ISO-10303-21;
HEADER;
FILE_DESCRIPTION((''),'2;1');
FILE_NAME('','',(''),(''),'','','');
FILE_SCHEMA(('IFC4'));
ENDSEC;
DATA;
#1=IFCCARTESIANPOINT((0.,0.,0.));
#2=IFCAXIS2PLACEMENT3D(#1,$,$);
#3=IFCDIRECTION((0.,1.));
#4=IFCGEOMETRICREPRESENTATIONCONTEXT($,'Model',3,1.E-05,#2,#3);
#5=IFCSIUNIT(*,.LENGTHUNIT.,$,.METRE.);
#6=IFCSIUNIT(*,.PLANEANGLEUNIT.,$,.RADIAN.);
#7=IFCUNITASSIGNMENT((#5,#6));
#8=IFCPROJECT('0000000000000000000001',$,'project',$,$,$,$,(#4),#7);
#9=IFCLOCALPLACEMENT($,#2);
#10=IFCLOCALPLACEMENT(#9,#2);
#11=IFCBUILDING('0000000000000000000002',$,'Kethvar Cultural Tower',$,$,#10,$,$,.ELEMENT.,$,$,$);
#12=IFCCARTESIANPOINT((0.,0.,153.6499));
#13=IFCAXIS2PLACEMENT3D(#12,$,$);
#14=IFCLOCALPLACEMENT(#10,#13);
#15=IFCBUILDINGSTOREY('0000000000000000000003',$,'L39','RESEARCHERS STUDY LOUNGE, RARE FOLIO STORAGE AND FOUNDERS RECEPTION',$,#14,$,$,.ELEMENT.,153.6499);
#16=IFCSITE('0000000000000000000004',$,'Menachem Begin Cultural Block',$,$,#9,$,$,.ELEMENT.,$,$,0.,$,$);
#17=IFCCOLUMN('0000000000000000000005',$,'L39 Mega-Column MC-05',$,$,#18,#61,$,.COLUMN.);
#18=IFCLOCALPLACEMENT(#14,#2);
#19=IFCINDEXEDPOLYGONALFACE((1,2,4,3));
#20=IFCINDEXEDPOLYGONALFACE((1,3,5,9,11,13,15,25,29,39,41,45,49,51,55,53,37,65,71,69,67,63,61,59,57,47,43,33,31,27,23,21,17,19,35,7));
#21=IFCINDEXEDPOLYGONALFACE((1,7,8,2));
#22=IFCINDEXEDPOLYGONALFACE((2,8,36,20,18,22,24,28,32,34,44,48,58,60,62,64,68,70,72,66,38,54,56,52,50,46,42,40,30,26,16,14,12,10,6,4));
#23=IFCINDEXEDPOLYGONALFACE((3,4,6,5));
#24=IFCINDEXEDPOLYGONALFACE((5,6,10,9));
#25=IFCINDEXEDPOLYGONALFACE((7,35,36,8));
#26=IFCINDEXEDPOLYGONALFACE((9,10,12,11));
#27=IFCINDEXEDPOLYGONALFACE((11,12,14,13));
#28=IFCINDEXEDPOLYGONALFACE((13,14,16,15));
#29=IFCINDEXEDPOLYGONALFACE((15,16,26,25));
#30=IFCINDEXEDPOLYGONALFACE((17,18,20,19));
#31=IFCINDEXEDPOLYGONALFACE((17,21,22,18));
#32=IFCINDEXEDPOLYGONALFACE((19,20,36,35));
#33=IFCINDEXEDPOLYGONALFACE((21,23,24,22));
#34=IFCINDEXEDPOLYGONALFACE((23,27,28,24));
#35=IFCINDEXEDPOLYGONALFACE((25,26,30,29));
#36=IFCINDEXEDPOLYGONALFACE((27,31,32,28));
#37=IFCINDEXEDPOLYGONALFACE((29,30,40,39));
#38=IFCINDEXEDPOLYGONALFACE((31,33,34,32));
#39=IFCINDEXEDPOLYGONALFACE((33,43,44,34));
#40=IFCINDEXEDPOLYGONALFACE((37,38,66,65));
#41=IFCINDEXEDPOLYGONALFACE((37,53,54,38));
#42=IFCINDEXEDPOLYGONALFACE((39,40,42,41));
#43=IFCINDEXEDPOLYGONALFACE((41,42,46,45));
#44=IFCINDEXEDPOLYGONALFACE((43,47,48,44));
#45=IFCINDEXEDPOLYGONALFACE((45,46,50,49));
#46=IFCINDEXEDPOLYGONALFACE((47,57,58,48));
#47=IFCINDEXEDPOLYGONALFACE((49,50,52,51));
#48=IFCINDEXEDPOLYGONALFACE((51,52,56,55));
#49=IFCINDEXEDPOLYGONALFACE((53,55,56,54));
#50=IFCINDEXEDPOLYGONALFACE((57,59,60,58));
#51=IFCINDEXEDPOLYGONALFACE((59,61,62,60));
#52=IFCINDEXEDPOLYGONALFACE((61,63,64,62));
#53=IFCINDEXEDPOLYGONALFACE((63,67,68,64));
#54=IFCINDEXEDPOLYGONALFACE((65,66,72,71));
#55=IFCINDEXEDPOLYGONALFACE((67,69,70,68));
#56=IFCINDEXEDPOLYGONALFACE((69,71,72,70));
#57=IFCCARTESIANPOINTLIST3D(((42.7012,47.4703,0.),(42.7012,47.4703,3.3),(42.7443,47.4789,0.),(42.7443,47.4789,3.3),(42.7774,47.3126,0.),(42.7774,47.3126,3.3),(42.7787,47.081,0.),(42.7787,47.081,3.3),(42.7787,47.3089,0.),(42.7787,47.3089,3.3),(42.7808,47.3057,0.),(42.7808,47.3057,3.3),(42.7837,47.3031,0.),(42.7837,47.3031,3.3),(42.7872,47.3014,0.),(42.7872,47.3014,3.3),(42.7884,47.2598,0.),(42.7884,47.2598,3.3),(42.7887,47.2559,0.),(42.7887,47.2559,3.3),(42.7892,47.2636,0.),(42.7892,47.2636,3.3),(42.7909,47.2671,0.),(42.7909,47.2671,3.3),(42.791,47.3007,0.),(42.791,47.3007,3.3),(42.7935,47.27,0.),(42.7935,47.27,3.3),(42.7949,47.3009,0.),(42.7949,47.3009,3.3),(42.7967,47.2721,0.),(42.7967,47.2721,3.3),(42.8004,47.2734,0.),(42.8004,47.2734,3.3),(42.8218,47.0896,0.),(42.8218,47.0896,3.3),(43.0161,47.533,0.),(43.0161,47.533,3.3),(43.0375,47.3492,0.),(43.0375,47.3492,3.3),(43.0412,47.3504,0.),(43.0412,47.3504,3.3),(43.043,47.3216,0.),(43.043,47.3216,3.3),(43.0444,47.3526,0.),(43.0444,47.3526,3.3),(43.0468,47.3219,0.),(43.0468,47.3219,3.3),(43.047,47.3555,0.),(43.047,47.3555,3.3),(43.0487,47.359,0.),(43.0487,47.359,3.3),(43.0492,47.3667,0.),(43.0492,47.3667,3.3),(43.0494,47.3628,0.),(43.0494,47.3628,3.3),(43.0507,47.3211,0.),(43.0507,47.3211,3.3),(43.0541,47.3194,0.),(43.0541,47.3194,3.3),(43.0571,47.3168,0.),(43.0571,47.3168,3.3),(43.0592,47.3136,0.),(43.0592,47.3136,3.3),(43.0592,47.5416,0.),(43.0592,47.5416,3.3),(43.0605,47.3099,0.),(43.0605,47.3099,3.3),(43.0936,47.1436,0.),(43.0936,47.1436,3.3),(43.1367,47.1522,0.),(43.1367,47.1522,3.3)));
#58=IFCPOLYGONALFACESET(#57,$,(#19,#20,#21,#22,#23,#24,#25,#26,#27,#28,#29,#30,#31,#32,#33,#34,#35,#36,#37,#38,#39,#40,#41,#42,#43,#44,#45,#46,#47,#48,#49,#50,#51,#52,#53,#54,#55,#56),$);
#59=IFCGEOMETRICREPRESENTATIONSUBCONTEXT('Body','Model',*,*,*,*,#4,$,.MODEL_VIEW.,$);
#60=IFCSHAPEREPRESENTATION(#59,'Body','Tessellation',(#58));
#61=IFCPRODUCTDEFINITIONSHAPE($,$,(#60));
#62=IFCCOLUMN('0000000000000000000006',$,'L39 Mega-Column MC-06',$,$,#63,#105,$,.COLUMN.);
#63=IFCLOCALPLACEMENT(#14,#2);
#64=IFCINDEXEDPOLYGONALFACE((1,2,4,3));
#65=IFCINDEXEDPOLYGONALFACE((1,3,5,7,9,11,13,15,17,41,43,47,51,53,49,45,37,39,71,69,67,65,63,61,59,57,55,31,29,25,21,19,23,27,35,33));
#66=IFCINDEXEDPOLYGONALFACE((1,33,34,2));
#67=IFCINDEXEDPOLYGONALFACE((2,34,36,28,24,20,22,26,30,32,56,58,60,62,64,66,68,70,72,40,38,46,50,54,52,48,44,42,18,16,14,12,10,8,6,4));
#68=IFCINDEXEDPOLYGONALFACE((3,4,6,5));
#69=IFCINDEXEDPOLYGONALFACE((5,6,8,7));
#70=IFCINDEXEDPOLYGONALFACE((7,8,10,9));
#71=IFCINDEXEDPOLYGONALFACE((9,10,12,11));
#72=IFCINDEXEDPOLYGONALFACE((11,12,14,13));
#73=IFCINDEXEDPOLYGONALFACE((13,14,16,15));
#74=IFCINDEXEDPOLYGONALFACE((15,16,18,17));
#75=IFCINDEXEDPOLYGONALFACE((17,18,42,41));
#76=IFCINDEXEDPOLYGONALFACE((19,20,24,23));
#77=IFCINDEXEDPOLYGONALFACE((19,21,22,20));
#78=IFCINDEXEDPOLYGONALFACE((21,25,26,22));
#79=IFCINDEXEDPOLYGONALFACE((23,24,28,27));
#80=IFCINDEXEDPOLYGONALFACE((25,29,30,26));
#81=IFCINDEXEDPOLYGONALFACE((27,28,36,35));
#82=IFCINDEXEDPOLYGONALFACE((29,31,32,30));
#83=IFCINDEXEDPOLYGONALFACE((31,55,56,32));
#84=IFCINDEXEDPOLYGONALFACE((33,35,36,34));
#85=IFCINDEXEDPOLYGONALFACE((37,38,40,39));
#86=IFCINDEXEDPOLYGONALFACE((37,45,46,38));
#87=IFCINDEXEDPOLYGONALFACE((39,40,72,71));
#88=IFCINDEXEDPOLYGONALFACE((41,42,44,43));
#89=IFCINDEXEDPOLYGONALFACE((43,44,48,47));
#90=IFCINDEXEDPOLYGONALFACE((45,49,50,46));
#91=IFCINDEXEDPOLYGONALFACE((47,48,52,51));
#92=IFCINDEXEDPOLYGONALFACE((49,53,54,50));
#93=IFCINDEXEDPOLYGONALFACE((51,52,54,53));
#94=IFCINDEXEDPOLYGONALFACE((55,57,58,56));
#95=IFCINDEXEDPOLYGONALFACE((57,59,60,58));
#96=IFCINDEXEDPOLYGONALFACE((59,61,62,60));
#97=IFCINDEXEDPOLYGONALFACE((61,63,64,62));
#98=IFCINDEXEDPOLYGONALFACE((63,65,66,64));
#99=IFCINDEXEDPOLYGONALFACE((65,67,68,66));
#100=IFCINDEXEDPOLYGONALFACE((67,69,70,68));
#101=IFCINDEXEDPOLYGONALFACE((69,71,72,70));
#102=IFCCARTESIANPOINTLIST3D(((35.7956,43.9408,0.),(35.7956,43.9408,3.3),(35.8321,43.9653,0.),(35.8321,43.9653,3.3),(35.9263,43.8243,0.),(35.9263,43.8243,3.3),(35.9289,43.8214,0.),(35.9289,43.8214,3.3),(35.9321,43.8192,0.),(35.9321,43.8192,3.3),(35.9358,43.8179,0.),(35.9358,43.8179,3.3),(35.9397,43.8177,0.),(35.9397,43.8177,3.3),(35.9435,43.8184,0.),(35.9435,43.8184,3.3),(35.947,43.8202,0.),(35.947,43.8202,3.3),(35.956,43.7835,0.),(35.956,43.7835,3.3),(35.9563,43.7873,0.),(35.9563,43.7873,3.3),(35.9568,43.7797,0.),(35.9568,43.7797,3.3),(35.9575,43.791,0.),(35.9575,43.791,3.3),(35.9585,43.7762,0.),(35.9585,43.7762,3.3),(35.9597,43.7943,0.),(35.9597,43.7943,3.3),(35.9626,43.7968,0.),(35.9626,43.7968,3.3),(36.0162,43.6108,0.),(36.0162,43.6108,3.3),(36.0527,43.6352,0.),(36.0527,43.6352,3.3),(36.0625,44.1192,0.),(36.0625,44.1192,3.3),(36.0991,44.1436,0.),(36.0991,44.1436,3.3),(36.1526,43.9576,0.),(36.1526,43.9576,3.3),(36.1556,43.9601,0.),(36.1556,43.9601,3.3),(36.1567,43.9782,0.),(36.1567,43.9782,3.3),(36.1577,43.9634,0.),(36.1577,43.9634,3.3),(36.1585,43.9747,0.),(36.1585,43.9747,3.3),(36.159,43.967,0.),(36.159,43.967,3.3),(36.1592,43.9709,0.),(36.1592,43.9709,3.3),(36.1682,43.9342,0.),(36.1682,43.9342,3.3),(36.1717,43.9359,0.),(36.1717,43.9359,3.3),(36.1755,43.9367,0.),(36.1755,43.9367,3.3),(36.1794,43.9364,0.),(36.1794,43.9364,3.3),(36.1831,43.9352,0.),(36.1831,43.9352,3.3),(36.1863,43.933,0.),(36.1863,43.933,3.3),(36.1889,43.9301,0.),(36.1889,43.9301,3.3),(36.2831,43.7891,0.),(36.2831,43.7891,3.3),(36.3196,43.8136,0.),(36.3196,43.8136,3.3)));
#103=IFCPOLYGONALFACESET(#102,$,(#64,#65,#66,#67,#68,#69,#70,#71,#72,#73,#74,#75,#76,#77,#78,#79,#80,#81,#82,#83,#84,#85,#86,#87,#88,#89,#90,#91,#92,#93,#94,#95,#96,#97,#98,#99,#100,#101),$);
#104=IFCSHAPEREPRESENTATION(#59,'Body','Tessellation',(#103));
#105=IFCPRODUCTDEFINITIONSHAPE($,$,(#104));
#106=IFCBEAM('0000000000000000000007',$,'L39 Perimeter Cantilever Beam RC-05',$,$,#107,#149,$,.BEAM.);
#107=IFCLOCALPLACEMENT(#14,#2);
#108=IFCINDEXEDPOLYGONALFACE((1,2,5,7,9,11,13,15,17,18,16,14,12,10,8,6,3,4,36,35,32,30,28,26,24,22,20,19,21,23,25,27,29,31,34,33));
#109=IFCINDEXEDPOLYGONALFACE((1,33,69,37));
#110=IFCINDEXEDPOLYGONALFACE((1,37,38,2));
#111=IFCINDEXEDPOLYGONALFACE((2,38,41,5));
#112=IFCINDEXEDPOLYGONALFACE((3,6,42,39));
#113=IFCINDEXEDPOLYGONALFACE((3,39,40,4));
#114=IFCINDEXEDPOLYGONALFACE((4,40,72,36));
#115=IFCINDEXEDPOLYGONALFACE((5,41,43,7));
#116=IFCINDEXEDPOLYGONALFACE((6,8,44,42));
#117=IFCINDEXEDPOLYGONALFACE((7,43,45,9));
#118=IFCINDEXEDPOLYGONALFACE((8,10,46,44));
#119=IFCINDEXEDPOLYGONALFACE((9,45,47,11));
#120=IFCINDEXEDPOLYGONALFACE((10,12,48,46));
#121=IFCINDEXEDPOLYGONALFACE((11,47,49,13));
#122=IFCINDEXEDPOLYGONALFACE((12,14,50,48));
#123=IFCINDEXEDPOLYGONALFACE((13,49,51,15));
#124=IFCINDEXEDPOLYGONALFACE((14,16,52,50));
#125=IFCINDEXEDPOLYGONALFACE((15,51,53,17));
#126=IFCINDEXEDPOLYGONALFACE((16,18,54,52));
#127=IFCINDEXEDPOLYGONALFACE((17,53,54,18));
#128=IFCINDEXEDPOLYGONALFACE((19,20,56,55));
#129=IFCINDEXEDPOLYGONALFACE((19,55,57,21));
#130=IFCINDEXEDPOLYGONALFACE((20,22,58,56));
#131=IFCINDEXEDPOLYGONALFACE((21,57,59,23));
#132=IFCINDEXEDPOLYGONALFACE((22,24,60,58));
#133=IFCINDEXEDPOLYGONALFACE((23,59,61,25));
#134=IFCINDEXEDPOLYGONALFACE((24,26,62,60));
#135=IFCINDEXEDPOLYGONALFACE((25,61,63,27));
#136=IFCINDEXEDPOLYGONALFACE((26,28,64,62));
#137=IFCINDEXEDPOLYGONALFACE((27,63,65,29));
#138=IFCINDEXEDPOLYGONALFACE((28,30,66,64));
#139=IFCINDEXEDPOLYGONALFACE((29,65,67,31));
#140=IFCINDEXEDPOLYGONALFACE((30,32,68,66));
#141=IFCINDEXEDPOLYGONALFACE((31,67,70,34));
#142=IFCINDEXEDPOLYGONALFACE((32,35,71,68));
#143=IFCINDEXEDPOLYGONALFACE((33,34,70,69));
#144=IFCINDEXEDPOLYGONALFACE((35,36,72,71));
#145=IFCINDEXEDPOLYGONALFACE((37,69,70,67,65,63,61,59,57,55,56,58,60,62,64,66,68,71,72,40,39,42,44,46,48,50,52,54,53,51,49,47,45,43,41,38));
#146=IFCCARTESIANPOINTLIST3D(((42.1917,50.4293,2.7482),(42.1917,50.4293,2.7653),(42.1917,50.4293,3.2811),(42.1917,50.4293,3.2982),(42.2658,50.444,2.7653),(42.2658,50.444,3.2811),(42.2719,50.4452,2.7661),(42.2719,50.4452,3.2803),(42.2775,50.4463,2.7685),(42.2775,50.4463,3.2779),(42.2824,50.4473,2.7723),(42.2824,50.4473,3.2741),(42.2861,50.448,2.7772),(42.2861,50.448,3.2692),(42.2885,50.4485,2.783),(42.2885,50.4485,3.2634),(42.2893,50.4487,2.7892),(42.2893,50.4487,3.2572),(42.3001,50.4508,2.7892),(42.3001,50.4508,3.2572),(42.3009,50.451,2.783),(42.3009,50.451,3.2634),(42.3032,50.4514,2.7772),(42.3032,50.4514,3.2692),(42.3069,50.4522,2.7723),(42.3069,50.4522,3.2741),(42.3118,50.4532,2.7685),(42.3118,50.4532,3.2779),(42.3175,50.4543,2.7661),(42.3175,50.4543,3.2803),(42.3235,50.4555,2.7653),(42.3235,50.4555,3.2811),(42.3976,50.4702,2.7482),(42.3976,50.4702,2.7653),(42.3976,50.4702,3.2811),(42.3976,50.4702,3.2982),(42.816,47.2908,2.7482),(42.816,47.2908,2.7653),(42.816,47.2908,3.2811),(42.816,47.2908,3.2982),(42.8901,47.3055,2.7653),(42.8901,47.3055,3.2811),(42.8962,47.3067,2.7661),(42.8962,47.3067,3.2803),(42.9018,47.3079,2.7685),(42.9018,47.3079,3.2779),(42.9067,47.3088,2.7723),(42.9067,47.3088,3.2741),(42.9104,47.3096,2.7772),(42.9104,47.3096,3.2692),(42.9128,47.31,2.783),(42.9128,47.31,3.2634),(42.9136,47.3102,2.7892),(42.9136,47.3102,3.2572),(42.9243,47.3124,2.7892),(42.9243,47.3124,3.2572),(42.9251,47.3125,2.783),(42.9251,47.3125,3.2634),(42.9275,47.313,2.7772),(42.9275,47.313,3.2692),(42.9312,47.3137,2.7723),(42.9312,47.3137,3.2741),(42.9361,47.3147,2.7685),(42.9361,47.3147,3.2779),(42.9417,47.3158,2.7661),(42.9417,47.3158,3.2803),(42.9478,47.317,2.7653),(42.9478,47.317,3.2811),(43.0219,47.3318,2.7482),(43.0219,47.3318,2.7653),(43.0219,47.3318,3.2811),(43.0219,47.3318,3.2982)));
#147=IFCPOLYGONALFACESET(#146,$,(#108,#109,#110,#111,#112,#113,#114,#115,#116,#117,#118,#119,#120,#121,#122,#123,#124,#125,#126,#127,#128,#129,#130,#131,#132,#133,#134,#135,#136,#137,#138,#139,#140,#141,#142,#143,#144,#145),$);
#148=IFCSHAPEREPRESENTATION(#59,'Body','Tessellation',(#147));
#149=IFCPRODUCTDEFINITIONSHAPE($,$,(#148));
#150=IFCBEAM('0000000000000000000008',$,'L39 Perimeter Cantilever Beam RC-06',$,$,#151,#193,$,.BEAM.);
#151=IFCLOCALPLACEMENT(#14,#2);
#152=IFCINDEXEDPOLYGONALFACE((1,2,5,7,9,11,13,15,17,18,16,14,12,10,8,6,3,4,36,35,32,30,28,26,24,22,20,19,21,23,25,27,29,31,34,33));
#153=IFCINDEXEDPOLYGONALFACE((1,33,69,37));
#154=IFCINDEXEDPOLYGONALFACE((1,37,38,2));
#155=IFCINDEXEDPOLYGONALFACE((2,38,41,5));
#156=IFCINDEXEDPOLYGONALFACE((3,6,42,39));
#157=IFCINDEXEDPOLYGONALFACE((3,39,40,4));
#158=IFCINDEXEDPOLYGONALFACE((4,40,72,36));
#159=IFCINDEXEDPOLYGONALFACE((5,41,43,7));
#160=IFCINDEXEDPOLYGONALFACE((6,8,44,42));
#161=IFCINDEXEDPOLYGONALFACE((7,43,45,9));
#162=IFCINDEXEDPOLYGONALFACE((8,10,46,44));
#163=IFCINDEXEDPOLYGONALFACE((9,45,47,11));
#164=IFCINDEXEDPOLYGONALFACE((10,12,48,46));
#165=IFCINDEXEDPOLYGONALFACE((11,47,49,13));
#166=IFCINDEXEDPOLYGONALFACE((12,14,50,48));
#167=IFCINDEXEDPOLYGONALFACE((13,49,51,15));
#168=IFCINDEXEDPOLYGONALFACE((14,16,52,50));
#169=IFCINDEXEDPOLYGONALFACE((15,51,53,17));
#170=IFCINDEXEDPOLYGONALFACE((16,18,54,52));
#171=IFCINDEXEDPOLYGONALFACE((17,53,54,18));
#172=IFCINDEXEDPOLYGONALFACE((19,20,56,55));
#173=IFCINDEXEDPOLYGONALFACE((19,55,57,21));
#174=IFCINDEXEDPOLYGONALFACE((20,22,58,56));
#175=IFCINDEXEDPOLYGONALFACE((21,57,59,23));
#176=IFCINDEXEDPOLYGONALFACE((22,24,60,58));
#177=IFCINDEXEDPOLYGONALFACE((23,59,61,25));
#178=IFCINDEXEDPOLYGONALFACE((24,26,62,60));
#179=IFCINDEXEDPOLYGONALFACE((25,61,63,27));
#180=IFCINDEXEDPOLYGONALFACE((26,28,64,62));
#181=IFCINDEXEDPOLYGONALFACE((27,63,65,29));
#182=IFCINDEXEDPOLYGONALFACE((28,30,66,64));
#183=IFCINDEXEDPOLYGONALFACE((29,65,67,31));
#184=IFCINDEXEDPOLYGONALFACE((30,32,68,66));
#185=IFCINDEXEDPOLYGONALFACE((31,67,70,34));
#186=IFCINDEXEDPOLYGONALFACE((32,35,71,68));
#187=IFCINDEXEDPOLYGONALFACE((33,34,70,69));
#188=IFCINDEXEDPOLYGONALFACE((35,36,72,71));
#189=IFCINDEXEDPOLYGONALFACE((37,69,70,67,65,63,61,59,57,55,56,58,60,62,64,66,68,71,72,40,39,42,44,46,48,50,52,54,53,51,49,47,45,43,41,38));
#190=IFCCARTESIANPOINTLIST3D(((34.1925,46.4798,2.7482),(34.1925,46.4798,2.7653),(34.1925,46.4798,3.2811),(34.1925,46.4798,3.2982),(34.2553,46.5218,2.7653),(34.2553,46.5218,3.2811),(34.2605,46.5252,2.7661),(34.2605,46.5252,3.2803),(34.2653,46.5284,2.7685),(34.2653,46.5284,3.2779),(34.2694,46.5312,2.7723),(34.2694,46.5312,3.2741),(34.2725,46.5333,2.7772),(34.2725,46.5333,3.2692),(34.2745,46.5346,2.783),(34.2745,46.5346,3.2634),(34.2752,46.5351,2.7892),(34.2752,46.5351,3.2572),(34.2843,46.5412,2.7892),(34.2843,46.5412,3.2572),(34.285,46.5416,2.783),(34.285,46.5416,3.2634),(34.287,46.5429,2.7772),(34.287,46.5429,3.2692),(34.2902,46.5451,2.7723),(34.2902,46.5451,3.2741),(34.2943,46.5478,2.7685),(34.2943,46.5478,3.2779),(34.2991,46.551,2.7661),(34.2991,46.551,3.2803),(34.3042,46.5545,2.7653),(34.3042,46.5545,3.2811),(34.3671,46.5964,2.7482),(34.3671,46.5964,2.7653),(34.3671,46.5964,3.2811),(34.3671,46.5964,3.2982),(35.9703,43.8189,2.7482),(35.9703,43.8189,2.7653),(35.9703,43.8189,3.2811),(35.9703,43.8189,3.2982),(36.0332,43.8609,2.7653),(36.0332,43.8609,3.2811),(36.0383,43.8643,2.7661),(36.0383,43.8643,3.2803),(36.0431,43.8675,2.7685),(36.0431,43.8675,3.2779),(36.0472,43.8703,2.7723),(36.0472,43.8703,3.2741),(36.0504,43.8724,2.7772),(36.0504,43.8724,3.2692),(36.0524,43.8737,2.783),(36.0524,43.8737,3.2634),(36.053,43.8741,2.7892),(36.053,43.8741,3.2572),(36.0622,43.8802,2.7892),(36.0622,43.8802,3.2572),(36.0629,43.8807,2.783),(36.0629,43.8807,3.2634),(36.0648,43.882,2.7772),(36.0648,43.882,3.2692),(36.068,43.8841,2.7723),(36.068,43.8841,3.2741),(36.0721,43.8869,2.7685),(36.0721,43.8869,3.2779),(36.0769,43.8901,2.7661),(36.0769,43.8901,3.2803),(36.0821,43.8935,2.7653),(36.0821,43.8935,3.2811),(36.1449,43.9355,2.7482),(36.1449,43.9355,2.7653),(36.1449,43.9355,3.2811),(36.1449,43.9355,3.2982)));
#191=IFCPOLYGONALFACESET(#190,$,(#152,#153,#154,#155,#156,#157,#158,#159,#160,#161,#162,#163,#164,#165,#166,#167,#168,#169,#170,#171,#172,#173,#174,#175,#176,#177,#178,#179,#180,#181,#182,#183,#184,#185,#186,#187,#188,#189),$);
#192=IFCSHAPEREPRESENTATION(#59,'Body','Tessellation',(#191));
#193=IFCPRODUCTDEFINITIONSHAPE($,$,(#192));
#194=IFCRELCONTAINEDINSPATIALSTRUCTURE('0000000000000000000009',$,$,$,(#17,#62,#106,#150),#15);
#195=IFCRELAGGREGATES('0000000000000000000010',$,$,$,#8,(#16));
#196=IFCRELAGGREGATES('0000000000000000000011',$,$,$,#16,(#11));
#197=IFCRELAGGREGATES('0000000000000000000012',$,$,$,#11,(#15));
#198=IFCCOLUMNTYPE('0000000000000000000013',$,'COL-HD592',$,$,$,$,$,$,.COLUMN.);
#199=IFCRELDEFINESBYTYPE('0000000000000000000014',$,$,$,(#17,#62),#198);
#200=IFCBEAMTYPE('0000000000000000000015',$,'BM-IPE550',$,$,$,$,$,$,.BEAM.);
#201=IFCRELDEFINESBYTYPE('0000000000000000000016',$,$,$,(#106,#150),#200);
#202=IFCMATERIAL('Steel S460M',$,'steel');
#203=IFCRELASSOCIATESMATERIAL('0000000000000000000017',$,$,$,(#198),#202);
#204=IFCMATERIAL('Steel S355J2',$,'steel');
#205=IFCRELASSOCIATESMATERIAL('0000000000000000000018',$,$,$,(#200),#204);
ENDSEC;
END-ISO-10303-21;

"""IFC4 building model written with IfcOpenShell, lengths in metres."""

from ifc_helpers import new_model, si_unit, direction, frame, origin, origin_2d, place, context, subcontext, project, spatial, i_section, extrude, source, transform, mapped, material, material_profile, profile_set, type_object, element, save


model = new_model("IFC4")

# Units and contexts
model_context = context("Model", 3, precision=1e-05, world=origin(), true_north=direction((0.0, 1.0)))
body_context = subcontext(model_context, "Body", "Model", "MODEL_VIEW")
ifc_project = project(units=[si_unit("LENGTHUNIT", "METRE"), si_unit("PLANEANGLEUNIT", "RADIAN")], contexts=[model_context])

# Site, building, storey
site_placement = place(None, origin())
site = spatial("IfcSite", under=ifc_project, at=site_placement, Name="Menachem Begin Cultural Block", CompositionType="ELEMENT", RefElevation=0.0)
building_placement = place(site_placement, origin())
building = spatial("IfcBuilding", under=site, at=building_placement, Name="Kethvar Cultural Tower", CompositionType="ELEMENT")
storey_placement = place(building_placement, frame((0.0, 0.0, 153.6499)))
storey = spatial("IfcBuildingStorey", under=building, at=storey_placement, Name="L39", Description="RESEARCHERS STUDY LOUNGE, RARE FOLIO STORAGE AND FOUNDERS RECEPTION", CompositionType="ELEMENT", Elevation=153.6499)

# Columns
ifc_material_1 = material(Name="Steel S460M", Category="steel")
ifc_material_profile_1 = material_profile(ifc_material_1, i_section(OverallWidth=0.397, OverallDepth=0.365, WebThickness=0.0281, FlangeThickness=0.0439, FilletRadius=0.0149, at=origin_2d()), Name="Steel S460M — HD400x592")
ifc_profile_set_1 = profile_set([ifc_material_profile_1], Name="Steel S460M — HD400x592")
column_type = type_object("IfcColumnType", Name="COL-HD592", PredefinedType="COLUMN", material=ifc_profile_set_1)
shared_shape_1 = source(origin(), body_context, "Body", "SweptSolid", [
    extrude(i_section(OverallWidth=0.397, OverallDepth=0.365, WebThickness=0.0281, FlangeThickness=0.0439, FilletRadius=0.0149, at=origin_2d()), origin(), (0.0, 0.0, 1.0), 3.3),
])
for number, where, z_axis, x_axis, name in (
    (1, (42.9189, 47.3113, 0.0), (0.0, 0.0, 1.0), (-0.19509, 0.980785, 0.0), "L39 Mega-Column MC-05"),
    (2, (36.0576, 43.8772, 0.0), (0.0, 0.0, 1.0), (-0.55557, 0.83147, 0.0), "L39 Mega-Column MC-06"),
):
    element("IfcColumn", number, at=place(storey_placement, frame(where, z_axis=z_axis, x_axis=x_axis)), inside=storey, type_object=column_type, Name=name, PredefinedType="COLUMN", context=body_context, shape_type="MappedRepresentation", body=[
        mapped(shared_shape_1, transform((0.0, 0.0, 0.0), scale=1.0)),
    ])

# Beams
ifc_material_2 = material(Name="Steel S355J2", Category="steel")
ifc_material_profile_2 = material_profile(ifc_material_2, i_section(OverallWidth=0.21, OverallDepth=0.55, WebThickness=0.011, FlangeThickness=0.0171, FilletRadius=0.0239, at=origin_2d()), Name="Steel S355J2 — IPE550")
ifc_profile_set_2 = profile_set([ifc_material_profile_2], Name="Steel S355J2 — IPE550")
beam_type_1 = type_object("IfcBeamType", Name="BM-IPE550", PredefinedType="BEAM", material=ifc_profile_set_2)
shared_shape_2 = source(origin(), body_context, "Body", "SweptSolid", [
    extrude(i_section(OverallWidth=0.21, OverallDepth=0.55, WebThickness=0.011, FlangeThickness=0.0171, FilletRadius=0.0239, at=origin_2d()), origin(), (0.0, 0.0, 1.0), 3.2),
])
beam_1_placement = place(storey_placement, frame((42.9189, 47.3113, 3.0232), z_axis=(-0.195089, 0.980786, 0.0), x_axis=(-0.980786, -0.195089, 0.0)))
element("IfcBeam", 3, at=beam_1_placement, inside=storey, type_object=beam_type_1, Name="L39 Perimeter Cantilever Beam RC-05", PredefinedType="BEAM", context=body_context, shape_type="MappedRepresentation", body=[
    mapped(shared_shape_2, transform((0.0, 0.0, 0.0), scale=1.0)),
])
shared_shape_3 = source(origin(), body_context, "Body", "SweptSolid", [
    extrude(i_section(OverallWidth=0.21, OverallDepth=0.55, WebThickness=0.011, FlangeThickness=0.0171, FilletRadius=0.0239, at=origin_2d()), origin(), (0.0, 0.0, 1.0), 3.2002),
])
beam_2_placement = place(storey_placement, frame((36.0576, 43.8772, 3.0232), z_axis=(-0.555545, 0.831486, 0.0), x_axis=(-0.831486, -0.555545, 0.0)))
element("IfcBeam", 4, at=beam_2_placement, inside=storey, type_object=beam_type_1, Name="L39 Perimeter Cantilever Beam RC-06", PredefinedType="BEAM", context=body_context, shape_type="MappedRepresentation", body=[
    mapped(shared_shape_3, transform((0.0, 0.0, 0.0), scale=1.0)),
])

save(model, "model.ifc")
